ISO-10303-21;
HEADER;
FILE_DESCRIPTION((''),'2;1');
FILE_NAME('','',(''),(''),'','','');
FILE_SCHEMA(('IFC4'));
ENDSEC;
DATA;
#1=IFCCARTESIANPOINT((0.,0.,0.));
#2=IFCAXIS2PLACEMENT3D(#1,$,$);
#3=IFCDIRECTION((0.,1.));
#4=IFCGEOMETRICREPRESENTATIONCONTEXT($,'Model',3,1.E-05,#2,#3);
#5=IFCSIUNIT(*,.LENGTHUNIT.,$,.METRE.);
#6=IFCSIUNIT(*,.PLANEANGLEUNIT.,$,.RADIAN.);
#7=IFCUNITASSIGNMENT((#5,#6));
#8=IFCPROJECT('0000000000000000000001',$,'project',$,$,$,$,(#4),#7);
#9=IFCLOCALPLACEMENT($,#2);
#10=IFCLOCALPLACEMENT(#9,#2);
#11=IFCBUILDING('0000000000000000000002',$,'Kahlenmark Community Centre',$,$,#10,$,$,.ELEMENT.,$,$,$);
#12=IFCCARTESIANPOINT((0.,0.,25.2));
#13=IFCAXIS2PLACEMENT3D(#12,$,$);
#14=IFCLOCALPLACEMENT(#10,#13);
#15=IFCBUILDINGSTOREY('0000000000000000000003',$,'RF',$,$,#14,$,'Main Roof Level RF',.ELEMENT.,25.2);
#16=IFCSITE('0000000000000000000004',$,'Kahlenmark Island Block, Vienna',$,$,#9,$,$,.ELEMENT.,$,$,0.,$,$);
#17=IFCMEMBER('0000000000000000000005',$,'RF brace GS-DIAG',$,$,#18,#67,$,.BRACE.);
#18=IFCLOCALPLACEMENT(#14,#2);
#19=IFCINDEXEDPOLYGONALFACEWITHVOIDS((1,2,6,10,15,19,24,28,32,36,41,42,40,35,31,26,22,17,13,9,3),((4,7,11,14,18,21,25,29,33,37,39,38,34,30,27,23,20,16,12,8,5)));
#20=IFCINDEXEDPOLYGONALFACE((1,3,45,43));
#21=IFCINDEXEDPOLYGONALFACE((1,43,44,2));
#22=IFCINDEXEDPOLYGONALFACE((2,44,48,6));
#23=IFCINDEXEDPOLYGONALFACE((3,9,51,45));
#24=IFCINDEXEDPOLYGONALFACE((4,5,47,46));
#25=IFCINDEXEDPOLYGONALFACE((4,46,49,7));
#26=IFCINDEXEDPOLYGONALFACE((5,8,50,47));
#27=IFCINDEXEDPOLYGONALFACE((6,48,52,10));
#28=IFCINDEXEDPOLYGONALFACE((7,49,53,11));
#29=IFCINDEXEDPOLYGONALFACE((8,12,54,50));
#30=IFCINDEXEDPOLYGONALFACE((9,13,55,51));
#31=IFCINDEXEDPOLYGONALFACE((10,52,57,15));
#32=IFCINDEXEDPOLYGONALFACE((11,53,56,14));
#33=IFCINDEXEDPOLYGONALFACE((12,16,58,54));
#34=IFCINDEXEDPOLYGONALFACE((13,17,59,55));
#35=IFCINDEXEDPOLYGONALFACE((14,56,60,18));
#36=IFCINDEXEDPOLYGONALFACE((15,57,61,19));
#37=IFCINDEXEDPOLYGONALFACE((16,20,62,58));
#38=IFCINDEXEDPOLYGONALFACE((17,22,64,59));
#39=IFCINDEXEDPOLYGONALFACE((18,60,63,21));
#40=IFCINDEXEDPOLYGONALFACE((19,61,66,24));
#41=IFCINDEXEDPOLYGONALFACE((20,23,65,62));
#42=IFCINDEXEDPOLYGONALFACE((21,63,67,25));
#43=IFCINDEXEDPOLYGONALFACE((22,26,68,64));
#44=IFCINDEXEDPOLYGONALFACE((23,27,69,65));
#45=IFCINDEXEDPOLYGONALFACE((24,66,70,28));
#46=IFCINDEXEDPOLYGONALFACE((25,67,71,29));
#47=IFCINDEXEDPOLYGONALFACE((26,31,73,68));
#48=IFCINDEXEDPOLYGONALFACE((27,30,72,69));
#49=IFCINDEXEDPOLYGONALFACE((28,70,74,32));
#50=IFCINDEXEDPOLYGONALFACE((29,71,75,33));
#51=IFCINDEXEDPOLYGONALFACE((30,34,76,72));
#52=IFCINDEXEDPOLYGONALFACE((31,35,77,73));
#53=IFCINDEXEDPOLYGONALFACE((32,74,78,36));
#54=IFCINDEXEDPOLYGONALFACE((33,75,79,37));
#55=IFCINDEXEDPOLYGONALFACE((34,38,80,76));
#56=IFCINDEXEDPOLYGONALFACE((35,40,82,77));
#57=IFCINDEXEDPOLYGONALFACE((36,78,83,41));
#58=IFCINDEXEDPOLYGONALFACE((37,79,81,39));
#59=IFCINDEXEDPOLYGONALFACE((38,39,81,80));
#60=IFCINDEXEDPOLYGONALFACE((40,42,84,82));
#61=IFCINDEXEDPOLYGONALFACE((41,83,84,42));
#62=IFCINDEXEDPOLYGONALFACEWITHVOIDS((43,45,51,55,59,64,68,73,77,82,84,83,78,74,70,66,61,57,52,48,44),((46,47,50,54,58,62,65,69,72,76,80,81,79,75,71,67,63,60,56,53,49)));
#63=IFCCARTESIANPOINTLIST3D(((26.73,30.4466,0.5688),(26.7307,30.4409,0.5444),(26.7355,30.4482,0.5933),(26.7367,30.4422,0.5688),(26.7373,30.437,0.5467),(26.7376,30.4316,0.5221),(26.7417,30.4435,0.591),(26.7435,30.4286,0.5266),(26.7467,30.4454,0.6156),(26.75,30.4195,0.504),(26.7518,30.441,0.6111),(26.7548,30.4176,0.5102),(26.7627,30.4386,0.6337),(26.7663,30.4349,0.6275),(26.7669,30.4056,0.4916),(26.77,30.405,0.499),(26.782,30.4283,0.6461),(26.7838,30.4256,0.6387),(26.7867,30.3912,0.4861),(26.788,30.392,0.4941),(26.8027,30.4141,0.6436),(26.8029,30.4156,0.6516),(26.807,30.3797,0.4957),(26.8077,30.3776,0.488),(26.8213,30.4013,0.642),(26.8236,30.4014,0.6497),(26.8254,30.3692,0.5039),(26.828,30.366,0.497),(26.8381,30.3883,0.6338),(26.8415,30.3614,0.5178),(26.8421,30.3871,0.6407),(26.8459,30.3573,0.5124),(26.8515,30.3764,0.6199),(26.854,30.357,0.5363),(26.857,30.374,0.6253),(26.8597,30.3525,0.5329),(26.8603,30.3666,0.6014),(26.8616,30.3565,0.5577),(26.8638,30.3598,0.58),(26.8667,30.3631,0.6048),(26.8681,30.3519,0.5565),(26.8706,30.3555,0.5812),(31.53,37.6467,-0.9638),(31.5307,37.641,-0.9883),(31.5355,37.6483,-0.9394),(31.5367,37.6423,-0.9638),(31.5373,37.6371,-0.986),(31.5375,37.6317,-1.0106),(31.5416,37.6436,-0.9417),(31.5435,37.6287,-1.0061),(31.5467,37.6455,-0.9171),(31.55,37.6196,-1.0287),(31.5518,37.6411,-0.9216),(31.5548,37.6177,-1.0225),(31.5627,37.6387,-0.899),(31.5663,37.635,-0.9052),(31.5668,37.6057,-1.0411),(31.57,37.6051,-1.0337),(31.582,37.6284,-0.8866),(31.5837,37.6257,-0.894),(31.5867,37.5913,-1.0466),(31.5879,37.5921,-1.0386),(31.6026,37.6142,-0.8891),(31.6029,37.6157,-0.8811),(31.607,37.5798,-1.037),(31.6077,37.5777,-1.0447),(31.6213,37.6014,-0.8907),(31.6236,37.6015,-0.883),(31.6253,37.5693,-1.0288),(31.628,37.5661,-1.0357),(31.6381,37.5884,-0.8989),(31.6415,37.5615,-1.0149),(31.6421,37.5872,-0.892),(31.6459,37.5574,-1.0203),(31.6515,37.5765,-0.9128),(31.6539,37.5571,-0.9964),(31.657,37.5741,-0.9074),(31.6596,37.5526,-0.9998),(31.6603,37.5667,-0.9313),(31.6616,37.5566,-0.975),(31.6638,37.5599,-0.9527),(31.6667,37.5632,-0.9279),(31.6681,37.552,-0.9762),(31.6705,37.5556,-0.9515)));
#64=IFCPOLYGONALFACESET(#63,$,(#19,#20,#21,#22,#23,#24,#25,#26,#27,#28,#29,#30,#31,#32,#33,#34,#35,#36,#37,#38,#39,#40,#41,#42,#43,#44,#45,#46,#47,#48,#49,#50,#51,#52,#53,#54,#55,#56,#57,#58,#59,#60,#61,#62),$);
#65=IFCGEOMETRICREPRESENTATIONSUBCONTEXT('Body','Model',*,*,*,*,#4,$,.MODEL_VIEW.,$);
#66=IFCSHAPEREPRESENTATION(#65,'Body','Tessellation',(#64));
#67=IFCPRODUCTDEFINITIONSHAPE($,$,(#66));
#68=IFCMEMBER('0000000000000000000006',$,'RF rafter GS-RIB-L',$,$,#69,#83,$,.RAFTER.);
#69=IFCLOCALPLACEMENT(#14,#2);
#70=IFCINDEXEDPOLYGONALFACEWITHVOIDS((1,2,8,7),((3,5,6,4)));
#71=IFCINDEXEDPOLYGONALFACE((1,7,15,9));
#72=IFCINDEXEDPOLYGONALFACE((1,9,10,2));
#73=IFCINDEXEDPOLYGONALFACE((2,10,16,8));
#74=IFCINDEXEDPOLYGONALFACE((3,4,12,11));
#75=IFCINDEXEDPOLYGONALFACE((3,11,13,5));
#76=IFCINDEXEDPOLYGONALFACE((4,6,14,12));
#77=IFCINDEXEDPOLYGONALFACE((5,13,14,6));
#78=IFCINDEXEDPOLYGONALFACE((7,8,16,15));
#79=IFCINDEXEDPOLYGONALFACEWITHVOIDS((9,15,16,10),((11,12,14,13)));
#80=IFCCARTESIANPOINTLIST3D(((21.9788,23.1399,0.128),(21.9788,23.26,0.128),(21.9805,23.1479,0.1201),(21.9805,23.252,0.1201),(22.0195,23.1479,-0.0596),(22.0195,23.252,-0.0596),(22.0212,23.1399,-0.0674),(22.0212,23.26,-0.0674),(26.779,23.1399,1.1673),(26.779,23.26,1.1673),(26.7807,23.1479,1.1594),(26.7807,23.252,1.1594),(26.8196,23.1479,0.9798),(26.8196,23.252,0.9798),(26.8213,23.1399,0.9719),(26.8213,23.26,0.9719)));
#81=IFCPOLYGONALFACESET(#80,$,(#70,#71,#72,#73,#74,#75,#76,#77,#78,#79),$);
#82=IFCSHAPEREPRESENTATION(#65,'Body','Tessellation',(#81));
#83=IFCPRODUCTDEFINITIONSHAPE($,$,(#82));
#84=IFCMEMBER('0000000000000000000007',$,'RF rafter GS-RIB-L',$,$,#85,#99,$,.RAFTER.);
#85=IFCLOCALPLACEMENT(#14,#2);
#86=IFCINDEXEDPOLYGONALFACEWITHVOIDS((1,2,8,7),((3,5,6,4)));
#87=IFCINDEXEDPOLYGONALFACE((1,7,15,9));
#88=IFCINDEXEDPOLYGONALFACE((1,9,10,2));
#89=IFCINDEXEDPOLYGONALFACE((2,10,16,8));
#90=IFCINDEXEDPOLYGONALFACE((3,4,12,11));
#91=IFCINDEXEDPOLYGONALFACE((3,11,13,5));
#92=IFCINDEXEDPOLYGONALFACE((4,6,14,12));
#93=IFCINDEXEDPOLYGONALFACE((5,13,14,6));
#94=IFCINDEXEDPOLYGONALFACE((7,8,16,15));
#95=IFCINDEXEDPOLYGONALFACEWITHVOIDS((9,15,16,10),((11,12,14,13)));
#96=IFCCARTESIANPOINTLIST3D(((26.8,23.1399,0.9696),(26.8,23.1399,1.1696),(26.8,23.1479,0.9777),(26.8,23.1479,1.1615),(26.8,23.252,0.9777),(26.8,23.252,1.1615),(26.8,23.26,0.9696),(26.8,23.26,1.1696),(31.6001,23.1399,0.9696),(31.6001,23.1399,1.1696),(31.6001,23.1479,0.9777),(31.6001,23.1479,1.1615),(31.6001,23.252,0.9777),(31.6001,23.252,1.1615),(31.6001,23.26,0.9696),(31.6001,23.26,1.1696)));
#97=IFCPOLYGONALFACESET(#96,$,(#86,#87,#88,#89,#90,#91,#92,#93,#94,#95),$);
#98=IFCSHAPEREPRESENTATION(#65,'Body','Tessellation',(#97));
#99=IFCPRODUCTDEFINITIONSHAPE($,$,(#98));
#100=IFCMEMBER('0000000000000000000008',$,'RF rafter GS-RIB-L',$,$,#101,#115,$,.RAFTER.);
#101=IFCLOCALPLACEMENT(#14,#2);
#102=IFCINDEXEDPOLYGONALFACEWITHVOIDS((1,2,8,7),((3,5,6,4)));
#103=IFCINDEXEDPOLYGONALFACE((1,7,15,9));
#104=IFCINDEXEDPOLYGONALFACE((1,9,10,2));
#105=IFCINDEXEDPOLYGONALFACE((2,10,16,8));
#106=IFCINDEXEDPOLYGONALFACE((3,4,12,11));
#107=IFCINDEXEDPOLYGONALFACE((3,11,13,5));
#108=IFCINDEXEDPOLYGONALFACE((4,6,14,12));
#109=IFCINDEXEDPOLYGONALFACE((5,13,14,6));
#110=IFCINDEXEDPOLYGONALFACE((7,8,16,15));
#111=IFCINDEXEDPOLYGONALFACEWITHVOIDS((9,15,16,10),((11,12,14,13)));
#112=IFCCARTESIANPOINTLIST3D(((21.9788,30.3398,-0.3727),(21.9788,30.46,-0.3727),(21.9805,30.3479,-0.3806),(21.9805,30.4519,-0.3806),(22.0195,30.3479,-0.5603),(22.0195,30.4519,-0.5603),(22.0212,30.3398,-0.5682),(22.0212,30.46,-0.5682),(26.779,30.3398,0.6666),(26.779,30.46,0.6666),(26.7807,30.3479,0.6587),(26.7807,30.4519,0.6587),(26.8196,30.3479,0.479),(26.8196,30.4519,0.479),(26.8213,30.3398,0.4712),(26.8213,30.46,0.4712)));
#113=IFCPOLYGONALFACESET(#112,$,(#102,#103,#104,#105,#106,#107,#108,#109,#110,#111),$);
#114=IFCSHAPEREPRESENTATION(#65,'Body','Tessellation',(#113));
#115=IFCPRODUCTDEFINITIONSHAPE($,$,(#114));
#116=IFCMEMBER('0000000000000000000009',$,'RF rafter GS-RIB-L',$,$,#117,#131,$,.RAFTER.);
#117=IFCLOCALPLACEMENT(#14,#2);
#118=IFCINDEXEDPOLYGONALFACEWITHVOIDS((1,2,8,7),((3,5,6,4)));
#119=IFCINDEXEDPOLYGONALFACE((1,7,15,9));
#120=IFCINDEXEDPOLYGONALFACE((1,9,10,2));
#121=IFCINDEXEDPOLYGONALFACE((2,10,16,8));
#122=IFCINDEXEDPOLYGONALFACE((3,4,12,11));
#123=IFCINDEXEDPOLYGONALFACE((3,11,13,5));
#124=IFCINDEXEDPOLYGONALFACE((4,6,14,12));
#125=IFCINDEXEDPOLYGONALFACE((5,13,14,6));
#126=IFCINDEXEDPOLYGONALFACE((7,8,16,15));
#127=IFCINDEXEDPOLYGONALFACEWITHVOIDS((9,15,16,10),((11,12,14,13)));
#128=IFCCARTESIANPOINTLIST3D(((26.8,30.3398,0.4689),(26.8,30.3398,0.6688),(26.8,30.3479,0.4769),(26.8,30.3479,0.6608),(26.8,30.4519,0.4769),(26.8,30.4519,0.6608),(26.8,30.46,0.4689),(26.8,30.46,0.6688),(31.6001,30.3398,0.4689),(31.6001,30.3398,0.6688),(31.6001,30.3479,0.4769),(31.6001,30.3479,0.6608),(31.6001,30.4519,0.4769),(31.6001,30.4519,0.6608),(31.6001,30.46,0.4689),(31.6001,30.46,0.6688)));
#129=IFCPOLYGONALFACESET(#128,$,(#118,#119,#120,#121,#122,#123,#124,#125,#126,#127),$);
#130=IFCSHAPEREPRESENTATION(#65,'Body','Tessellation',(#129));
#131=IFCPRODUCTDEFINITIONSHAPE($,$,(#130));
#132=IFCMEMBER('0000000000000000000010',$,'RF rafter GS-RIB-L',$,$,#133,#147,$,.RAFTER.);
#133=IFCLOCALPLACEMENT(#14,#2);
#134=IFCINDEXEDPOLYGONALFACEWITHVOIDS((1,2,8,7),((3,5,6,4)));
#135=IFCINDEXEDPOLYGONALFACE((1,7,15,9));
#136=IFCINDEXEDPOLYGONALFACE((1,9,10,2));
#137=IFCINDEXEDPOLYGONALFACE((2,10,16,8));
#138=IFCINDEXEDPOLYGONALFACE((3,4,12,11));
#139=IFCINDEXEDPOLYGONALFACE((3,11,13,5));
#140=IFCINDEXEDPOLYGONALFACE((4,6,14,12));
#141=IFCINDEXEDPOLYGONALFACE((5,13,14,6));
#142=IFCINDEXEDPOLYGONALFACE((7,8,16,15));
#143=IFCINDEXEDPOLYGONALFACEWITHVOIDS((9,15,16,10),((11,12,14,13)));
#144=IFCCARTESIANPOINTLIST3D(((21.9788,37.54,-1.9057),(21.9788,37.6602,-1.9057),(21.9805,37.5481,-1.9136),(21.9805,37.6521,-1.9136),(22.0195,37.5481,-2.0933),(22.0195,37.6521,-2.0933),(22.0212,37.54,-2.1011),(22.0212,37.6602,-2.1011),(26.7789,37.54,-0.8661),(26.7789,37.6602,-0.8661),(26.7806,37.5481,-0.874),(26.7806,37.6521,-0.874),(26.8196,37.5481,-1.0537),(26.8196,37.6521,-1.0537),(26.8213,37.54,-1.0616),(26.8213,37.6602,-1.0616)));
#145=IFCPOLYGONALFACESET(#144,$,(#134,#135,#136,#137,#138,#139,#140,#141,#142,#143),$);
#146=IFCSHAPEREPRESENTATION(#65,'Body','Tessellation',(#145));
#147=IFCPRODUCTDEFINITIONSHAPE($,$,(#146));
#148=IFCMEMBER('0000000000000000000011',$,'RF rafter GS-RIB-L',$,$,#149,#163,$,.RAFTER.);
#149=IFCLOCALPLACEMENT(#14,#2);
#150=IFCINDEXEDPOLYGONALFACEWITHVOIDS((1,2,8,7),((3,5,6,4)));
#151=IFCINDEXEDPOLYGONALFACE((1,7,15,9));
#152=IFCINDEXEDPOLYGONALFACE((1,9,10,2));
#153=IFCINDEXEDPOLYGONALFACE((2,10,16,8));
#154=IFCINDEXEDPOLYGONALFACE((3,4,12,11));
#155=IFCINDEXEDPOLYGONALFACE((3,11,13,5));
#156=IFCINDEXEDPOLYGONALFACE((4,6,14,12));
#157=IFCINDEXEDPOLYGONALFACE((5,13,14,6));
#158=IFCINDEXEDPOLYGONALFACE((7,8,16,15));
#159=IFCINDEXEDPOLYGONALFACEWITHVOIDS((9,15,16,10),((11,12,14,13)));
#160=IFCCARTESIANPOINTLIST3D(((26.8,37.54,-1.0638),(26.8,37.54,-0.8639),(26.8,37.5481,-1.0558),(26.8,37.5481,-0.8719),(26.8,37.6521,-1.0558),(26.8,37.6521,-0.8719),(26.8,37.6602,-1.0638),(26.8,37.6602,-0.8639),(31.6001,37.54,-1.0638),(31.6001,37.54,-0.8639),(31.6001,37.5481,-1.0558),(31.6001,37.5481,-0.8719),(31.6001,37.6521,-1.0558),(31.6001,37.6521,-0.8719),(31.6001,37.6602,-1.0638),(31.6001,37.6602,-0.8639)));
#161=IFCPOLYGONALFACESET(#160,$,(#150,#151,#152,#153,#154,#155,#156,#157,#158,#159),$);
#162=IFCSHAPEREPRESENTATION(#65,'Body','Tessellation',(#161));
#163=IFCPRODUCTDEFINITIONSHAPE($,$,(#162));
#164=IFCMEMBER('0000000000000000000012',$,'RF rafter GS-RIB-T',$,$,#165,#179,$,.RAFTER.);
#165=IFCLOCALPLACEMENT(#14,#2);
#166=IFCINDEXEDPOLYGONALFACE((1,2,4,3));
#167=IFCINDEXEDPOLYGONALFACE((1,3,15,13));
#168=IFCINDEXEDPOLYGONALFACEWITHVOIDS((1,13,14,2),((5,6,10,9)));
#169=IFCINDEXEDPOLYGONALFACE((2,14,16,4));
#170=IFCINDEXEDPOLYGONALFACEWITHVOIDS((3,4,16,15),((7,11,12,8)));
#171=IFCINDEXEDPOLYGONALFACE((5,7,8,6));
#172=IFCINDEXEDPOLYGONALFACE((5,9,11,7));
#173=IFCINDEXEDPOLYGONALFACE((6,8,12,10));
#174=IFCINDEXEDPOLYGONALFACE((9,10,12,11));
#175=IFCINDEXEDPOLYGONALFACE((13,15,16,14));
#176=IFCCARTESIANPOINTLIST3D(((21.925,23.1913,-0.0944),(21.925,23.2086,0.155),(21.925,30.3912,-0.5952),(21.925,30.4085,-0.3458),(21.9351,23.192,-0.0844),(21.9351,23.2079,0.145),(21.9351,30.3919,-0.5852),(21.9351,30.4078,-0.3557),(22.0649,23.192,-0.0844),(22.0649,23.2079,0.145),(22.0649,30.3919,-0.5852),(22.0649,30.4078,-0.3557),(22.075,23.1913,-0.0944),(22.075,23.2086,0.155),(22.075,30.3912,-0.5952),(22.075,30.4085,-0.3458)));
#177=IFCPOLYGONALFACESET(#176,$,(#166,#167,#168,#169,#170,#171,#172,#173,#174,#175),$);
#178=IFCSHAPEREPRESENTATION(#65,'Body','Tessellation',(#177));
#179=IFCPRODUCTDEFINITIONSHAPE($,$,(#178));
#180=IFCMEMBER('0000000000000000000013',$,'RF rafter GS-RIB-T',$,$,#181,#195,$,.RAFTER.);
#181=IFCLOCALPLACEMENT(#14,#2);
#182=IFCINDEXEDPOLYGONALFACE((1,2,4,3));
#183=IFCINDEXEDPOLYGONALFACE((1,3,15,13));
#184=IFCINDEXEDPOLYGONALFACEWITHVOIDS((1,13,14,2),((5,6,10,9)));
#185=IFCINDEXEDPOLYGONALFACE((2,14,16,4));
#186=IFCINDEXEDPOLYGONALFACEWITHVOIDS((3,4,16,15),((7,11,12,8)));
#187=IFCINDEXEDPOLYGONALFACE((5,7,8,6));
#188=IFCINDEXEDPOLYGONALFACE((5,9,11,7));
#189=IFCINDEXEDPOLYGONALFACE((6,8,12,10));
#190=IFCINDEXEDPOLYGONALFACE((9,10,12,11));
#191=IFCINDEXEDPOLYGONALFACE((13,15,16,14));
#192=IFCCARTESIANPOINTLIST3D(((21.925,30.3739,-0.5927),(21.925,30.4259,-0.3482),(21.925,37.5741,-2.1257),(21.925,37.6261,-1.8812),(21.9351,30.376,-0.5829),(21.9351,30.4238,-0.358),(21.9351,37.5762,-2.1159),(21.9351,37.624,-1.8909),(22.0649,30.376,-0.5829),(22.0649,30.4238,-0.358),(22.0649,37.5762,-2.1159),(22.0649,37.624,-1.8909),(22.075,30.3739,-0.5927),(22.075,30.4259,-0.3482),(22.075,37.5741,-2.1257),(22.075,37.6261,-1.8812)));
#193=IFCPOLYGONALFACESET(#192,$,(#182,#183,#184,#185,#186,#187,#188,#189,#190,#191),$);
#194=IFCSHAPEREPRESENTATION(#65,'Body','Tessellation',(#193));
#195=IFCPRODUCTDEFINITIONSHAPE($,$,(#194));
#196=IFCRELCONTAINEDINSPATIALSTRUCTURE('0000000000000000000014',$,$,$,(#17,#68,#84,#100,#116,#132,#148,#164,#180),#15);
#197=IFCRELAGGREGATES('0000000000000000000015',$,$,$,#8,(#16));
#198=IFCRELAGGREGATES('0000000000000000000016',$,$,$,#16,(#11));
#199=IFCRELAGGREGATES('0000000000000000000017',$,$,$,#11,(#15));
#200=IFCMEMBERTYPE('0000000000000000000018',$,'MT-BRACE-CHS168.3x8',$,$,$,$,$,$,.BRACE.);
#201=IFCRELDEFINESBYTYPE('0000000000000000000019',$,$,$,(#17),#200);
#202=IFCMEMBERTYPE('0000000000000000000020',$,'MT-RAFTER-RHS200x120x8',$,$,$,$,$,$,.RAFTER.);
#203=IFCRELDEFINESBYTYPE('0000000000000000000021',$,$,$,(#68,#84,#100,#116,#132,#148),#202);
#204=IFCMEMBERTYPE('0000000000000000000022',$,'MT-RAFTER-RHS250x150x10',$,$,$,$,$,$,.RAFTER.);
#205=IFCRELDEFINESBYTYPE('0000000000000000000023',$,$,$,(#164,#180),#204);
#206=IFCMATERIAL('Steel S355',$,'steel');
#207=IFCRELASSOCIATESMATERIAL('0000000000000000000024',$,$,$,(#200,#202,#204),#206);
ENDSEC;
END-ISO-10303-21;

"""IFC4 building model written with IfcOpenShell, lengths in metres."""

from ifc_helpers import new_model, si_unit, direction, frame, origin, origin_2d, place, context, subcontext, project, spatial, hollow_rectangle, hollow_circle, extrude, material, material_profile, profile_set, type_object, element, save


model = new_model("IFC4")

# Units and contexts
model_context = context("Model", 3, precision=1e-05, world=origin(), true_north=direction((0.0, 1.0)))
body_context = subcontext(model_context, "Body", "Model", "MODEL_VIEW")
ifc_project = project(units=[si_unit("LENGTHUNIT", "METRE"), si_unit("PLANEANGLEUNIT", "RADIAN")], contexts=[model_context])

# Site, building, storey
site_placement = place(None, origin())
site = spatial("IfcSite", under=ifc_project, at=site_placement, Name="Kahlenmark Island Block, Vienna", CompositionType="ELEMENT", RefElevation=0.0)
building_placement = place(site_placement, origin())
building = spatial("IfcBuilding", under=site, at=building_placement, Name="Kahlenmark Community Centre", CompositionType="ELEMENT")
storey_placement = place(building_placement, frame((0.0, 0.0, 25.2)))
storey = spatial("IfcBuildingStorey", under=building, at=storey_placement, Name="RF", LongName="Main Roof Level RF", CompositionType="ELEMENT", Elevation=25.2)

# Members
ifc_material_1 = material(Name="Steel S355", Category="steel")
ifc_material_profile_1 = material_profile(ifc_material_1, hollow_circle(Radius=0.0842, WallThickness=0.0081, at=origin_2d()), Name="CHS 168.3x8")
ifc_profile_set_1 = profile_set([ifc_material_profile_1], Name="Steel S355")
member_type_1 = type_object("IfcMemberType", Name="MT-BRACE-CHS168.3x8", PredefinedType="BRACE", material=ifc_profile_set_1)
member_1_placement = place(storey_placement, frame((26.8, 30.3999, 0.5688), z_axis=(0.546192, 0.819302, -0.174406), x_axis=(-0.832055, 0.554694, 0.0)))
element("IfcMember", 1, at=member_1_placement, inside=storey, type_object=member_type_1, Name="RF brace GS-DIAG", PredefinedType="BRACE", context=body_context, shape_type="SweptSolid", body=[
    extrude(hollow_circle(Radius=0.0842, WallThickness=0.0081, at=origin_2d()), origin(), (0.0, 0.0, 1.0), 8.7881),
])
ifc_material_profile_2 = material_profile(ifc_material_1, hollow_rectangle(XDim=0.1201, YDim=0.2, WallThickness=0.0081, at=origin_2d()), Name="RHS 200x120x8")
ifc_profile_set_2 = profile_set([ifc_material_profile_2], Name="Steel S355")
member_type_2 = type_object("IfcMemberType", Name="MT-RAFTER-RHS200x120x8", PredefinedType="RAFTER", material=ifc_profile_set_2)
member_2_placement = place(storey_placement, frame((22.0, 23.2, 0.0303), z_axis=(0.977353, 0.0, 0.211616), x_axis=(0.0, 1.0, 0.0)))
element("IfcMember", 2, at=member_2_placement, inside=storey, type_object=member_type_2, Name="RF rafter GS-RIB-L", PredefinedType="RAFTER", context=body_context, shape_type="SweptSolid", body=[
    extrude(hollow_rectangle(XDim=0.1201, YDim=0.2, WallThickness=0.0081, at=origin_2d()), origin(), (0.0, 0.0, 1.0), 4.9114),
])
member_3_placement = place(storey_placement, frame((26.8, 23.2, 1.0696), z_axis=(1.0, 0.0, 0.0), x_axis=(0.0, 1.0, 0.0)))
element("IfcMember", 3, at=member_3_placement, inside=storey, type_object=member_type_2, Name="RF rafter GS-RIB-L", PredefinedType="RAFTER", context=body_context, shape_type="SweptSolid", body=[
    extrude(hollow_rectangle(XDim=0.1201, YDim=0.2, WallThickness=0.0081, at=origin_2d()), origin(), (0.0, 0.0, 1.0), 4.8),
])
member_4_placement = place(storey_placement, frame((22.0, 30.3999, -0.4705), z_axis=(0.977353, 0.0, 0.211616), x_axis=(0.0, 1.0, 0.0)))
element("IfcMember", 4, at=member_4_placement, inside=storey, type_object=member_type_2, Name="RF rafter GS-RIB-L", PredefinedType="RAFTER", context=body_context, shape_type="SweptSolid", body=[
    extrude(hollow_rectangle(XDim=0.1201, YDim=0.2, WallThickness=0.0081, at=origin_2d()), origin(), (0.0, 0.0, 1.0), 4.9114),
])
member_5_placement = place(storey_placement, frame((26.8, 30.3999, 0.5688), z_axis=(1.0, 0.0, 0.0), x_axis=(0.0, 1.0, 0.0)))
element("IfcMember", 5, at=member_5_placement, inside=storey, type_object=member_type_2, Name="RF rafter GS-RIB-L", PredefinedType="RAFTER", context=body_context, shape_type="SweptSolid", body=[
    extrude(hollow_rectangle(XDim=0.1201, YDim=0.2, WallThickness=0.0081, at=origin_2d()), origin(), (0.0, 0.0, 1.0), 4.8),
])
member_6_placement = place(storey_placement, frame((22.0, 37.6001, -2.0034), z_axis=(0.977343, 0.0, 0.211664), x_axis=(0.0, 1.0, 0.0)))
element("IfcMember", 6, at=member_6_placement, inside=storey, type_object=member_type_2, Name="RF rafter GS-RIB-L", PredefinedType="RAFTER", context=body_context, shape_type="SweptSolid", body=[
    extrude(hollow_rectangle(XDim=0.1201, YDim=0.2, WallThickness=0.0081, at=origin_2d()), origin(), (0.0, 0.0, 1.0), 4.9114),
])
member_7_placement = place(storey_placement, frame((26.8, 37.6001, -0.9639), z_axis=(1.0, 0.0, 0.0), x_axis=(0.0, 1.0, 0.0)))
element("IfcMember", 7, at=member_7_placement, inside=storey, type_object=member_type_2, Name="RF rafter GS-RIB-L", PredefinedType="RAFTER", context=body_context, shape_type="SweptSolid", body=[
    extrude(hollow_rectangle(XDim=0.1201, YDim=0.2, WallThickness=0.0081, at=origin_2d()), origin(), (0.0, 0.0, 1.0), 4.8),
])
ifc_material_profile_3 = material_profile(ifc_material_1, hollow_rectangle(XDim=0.1499, YDim=0.25, WallThickness=0.01, at=origin_2d()), Name="RHS 250x150x10")
ifc_profile_set_3 = profile_set([ifc_material_profile_3], Name="Steel S355")
member_type_3 = type_object("IfcMemberType", Name="MT-RAFTER-RHS250x150x10", PredefinedType="RAFTER", material=ifc_profile_set_3)
member_8_placement = place(storey_placement, frame((22.0, 23.2, 0.0303), z_axis=(0.0, 0.99759, -0.069379), x_axis=(-1.0, 0.0, 0.0)))
element("IfcMember", 8, at=member_8_placement, inside=storey, type_object=member_type_3, Name="RF rafter GS-RIB-T", PredefinedType="RAFTER", context=body_context, shape_type="SweptSolid", body=[
    extrude(hollow_rectangle(XDim=0.1499, YDim=0.25, WallThickness=0.01, at=origin_2d()), origin(), (0.0, 0.0, 1.0), 7.2173),
])
member_9_placement = place(storey_placement, frame((22.0, 30.3999, -0.4705), z_axis=(0.0, 0.978078, -0.208238), x_axis=(-1.0, 0.0, 0.0)))
element("IfcMember", 9, at=member_9_placement, inside=storey, type_object=member_type_3, Name="RF rafter GS-RIB-T", PredefinedType="RAFTER", context=body_context, shape_type="SweptSolid", body=[
    extrude(hollow_rectangle(XDim=0.1499, YDim=0.25, WallThickness=0.01, at=origin_2d()), origin(), (0.0, 0.0, 1.0), 7.3616),
])

save(model, "model.ifc")
